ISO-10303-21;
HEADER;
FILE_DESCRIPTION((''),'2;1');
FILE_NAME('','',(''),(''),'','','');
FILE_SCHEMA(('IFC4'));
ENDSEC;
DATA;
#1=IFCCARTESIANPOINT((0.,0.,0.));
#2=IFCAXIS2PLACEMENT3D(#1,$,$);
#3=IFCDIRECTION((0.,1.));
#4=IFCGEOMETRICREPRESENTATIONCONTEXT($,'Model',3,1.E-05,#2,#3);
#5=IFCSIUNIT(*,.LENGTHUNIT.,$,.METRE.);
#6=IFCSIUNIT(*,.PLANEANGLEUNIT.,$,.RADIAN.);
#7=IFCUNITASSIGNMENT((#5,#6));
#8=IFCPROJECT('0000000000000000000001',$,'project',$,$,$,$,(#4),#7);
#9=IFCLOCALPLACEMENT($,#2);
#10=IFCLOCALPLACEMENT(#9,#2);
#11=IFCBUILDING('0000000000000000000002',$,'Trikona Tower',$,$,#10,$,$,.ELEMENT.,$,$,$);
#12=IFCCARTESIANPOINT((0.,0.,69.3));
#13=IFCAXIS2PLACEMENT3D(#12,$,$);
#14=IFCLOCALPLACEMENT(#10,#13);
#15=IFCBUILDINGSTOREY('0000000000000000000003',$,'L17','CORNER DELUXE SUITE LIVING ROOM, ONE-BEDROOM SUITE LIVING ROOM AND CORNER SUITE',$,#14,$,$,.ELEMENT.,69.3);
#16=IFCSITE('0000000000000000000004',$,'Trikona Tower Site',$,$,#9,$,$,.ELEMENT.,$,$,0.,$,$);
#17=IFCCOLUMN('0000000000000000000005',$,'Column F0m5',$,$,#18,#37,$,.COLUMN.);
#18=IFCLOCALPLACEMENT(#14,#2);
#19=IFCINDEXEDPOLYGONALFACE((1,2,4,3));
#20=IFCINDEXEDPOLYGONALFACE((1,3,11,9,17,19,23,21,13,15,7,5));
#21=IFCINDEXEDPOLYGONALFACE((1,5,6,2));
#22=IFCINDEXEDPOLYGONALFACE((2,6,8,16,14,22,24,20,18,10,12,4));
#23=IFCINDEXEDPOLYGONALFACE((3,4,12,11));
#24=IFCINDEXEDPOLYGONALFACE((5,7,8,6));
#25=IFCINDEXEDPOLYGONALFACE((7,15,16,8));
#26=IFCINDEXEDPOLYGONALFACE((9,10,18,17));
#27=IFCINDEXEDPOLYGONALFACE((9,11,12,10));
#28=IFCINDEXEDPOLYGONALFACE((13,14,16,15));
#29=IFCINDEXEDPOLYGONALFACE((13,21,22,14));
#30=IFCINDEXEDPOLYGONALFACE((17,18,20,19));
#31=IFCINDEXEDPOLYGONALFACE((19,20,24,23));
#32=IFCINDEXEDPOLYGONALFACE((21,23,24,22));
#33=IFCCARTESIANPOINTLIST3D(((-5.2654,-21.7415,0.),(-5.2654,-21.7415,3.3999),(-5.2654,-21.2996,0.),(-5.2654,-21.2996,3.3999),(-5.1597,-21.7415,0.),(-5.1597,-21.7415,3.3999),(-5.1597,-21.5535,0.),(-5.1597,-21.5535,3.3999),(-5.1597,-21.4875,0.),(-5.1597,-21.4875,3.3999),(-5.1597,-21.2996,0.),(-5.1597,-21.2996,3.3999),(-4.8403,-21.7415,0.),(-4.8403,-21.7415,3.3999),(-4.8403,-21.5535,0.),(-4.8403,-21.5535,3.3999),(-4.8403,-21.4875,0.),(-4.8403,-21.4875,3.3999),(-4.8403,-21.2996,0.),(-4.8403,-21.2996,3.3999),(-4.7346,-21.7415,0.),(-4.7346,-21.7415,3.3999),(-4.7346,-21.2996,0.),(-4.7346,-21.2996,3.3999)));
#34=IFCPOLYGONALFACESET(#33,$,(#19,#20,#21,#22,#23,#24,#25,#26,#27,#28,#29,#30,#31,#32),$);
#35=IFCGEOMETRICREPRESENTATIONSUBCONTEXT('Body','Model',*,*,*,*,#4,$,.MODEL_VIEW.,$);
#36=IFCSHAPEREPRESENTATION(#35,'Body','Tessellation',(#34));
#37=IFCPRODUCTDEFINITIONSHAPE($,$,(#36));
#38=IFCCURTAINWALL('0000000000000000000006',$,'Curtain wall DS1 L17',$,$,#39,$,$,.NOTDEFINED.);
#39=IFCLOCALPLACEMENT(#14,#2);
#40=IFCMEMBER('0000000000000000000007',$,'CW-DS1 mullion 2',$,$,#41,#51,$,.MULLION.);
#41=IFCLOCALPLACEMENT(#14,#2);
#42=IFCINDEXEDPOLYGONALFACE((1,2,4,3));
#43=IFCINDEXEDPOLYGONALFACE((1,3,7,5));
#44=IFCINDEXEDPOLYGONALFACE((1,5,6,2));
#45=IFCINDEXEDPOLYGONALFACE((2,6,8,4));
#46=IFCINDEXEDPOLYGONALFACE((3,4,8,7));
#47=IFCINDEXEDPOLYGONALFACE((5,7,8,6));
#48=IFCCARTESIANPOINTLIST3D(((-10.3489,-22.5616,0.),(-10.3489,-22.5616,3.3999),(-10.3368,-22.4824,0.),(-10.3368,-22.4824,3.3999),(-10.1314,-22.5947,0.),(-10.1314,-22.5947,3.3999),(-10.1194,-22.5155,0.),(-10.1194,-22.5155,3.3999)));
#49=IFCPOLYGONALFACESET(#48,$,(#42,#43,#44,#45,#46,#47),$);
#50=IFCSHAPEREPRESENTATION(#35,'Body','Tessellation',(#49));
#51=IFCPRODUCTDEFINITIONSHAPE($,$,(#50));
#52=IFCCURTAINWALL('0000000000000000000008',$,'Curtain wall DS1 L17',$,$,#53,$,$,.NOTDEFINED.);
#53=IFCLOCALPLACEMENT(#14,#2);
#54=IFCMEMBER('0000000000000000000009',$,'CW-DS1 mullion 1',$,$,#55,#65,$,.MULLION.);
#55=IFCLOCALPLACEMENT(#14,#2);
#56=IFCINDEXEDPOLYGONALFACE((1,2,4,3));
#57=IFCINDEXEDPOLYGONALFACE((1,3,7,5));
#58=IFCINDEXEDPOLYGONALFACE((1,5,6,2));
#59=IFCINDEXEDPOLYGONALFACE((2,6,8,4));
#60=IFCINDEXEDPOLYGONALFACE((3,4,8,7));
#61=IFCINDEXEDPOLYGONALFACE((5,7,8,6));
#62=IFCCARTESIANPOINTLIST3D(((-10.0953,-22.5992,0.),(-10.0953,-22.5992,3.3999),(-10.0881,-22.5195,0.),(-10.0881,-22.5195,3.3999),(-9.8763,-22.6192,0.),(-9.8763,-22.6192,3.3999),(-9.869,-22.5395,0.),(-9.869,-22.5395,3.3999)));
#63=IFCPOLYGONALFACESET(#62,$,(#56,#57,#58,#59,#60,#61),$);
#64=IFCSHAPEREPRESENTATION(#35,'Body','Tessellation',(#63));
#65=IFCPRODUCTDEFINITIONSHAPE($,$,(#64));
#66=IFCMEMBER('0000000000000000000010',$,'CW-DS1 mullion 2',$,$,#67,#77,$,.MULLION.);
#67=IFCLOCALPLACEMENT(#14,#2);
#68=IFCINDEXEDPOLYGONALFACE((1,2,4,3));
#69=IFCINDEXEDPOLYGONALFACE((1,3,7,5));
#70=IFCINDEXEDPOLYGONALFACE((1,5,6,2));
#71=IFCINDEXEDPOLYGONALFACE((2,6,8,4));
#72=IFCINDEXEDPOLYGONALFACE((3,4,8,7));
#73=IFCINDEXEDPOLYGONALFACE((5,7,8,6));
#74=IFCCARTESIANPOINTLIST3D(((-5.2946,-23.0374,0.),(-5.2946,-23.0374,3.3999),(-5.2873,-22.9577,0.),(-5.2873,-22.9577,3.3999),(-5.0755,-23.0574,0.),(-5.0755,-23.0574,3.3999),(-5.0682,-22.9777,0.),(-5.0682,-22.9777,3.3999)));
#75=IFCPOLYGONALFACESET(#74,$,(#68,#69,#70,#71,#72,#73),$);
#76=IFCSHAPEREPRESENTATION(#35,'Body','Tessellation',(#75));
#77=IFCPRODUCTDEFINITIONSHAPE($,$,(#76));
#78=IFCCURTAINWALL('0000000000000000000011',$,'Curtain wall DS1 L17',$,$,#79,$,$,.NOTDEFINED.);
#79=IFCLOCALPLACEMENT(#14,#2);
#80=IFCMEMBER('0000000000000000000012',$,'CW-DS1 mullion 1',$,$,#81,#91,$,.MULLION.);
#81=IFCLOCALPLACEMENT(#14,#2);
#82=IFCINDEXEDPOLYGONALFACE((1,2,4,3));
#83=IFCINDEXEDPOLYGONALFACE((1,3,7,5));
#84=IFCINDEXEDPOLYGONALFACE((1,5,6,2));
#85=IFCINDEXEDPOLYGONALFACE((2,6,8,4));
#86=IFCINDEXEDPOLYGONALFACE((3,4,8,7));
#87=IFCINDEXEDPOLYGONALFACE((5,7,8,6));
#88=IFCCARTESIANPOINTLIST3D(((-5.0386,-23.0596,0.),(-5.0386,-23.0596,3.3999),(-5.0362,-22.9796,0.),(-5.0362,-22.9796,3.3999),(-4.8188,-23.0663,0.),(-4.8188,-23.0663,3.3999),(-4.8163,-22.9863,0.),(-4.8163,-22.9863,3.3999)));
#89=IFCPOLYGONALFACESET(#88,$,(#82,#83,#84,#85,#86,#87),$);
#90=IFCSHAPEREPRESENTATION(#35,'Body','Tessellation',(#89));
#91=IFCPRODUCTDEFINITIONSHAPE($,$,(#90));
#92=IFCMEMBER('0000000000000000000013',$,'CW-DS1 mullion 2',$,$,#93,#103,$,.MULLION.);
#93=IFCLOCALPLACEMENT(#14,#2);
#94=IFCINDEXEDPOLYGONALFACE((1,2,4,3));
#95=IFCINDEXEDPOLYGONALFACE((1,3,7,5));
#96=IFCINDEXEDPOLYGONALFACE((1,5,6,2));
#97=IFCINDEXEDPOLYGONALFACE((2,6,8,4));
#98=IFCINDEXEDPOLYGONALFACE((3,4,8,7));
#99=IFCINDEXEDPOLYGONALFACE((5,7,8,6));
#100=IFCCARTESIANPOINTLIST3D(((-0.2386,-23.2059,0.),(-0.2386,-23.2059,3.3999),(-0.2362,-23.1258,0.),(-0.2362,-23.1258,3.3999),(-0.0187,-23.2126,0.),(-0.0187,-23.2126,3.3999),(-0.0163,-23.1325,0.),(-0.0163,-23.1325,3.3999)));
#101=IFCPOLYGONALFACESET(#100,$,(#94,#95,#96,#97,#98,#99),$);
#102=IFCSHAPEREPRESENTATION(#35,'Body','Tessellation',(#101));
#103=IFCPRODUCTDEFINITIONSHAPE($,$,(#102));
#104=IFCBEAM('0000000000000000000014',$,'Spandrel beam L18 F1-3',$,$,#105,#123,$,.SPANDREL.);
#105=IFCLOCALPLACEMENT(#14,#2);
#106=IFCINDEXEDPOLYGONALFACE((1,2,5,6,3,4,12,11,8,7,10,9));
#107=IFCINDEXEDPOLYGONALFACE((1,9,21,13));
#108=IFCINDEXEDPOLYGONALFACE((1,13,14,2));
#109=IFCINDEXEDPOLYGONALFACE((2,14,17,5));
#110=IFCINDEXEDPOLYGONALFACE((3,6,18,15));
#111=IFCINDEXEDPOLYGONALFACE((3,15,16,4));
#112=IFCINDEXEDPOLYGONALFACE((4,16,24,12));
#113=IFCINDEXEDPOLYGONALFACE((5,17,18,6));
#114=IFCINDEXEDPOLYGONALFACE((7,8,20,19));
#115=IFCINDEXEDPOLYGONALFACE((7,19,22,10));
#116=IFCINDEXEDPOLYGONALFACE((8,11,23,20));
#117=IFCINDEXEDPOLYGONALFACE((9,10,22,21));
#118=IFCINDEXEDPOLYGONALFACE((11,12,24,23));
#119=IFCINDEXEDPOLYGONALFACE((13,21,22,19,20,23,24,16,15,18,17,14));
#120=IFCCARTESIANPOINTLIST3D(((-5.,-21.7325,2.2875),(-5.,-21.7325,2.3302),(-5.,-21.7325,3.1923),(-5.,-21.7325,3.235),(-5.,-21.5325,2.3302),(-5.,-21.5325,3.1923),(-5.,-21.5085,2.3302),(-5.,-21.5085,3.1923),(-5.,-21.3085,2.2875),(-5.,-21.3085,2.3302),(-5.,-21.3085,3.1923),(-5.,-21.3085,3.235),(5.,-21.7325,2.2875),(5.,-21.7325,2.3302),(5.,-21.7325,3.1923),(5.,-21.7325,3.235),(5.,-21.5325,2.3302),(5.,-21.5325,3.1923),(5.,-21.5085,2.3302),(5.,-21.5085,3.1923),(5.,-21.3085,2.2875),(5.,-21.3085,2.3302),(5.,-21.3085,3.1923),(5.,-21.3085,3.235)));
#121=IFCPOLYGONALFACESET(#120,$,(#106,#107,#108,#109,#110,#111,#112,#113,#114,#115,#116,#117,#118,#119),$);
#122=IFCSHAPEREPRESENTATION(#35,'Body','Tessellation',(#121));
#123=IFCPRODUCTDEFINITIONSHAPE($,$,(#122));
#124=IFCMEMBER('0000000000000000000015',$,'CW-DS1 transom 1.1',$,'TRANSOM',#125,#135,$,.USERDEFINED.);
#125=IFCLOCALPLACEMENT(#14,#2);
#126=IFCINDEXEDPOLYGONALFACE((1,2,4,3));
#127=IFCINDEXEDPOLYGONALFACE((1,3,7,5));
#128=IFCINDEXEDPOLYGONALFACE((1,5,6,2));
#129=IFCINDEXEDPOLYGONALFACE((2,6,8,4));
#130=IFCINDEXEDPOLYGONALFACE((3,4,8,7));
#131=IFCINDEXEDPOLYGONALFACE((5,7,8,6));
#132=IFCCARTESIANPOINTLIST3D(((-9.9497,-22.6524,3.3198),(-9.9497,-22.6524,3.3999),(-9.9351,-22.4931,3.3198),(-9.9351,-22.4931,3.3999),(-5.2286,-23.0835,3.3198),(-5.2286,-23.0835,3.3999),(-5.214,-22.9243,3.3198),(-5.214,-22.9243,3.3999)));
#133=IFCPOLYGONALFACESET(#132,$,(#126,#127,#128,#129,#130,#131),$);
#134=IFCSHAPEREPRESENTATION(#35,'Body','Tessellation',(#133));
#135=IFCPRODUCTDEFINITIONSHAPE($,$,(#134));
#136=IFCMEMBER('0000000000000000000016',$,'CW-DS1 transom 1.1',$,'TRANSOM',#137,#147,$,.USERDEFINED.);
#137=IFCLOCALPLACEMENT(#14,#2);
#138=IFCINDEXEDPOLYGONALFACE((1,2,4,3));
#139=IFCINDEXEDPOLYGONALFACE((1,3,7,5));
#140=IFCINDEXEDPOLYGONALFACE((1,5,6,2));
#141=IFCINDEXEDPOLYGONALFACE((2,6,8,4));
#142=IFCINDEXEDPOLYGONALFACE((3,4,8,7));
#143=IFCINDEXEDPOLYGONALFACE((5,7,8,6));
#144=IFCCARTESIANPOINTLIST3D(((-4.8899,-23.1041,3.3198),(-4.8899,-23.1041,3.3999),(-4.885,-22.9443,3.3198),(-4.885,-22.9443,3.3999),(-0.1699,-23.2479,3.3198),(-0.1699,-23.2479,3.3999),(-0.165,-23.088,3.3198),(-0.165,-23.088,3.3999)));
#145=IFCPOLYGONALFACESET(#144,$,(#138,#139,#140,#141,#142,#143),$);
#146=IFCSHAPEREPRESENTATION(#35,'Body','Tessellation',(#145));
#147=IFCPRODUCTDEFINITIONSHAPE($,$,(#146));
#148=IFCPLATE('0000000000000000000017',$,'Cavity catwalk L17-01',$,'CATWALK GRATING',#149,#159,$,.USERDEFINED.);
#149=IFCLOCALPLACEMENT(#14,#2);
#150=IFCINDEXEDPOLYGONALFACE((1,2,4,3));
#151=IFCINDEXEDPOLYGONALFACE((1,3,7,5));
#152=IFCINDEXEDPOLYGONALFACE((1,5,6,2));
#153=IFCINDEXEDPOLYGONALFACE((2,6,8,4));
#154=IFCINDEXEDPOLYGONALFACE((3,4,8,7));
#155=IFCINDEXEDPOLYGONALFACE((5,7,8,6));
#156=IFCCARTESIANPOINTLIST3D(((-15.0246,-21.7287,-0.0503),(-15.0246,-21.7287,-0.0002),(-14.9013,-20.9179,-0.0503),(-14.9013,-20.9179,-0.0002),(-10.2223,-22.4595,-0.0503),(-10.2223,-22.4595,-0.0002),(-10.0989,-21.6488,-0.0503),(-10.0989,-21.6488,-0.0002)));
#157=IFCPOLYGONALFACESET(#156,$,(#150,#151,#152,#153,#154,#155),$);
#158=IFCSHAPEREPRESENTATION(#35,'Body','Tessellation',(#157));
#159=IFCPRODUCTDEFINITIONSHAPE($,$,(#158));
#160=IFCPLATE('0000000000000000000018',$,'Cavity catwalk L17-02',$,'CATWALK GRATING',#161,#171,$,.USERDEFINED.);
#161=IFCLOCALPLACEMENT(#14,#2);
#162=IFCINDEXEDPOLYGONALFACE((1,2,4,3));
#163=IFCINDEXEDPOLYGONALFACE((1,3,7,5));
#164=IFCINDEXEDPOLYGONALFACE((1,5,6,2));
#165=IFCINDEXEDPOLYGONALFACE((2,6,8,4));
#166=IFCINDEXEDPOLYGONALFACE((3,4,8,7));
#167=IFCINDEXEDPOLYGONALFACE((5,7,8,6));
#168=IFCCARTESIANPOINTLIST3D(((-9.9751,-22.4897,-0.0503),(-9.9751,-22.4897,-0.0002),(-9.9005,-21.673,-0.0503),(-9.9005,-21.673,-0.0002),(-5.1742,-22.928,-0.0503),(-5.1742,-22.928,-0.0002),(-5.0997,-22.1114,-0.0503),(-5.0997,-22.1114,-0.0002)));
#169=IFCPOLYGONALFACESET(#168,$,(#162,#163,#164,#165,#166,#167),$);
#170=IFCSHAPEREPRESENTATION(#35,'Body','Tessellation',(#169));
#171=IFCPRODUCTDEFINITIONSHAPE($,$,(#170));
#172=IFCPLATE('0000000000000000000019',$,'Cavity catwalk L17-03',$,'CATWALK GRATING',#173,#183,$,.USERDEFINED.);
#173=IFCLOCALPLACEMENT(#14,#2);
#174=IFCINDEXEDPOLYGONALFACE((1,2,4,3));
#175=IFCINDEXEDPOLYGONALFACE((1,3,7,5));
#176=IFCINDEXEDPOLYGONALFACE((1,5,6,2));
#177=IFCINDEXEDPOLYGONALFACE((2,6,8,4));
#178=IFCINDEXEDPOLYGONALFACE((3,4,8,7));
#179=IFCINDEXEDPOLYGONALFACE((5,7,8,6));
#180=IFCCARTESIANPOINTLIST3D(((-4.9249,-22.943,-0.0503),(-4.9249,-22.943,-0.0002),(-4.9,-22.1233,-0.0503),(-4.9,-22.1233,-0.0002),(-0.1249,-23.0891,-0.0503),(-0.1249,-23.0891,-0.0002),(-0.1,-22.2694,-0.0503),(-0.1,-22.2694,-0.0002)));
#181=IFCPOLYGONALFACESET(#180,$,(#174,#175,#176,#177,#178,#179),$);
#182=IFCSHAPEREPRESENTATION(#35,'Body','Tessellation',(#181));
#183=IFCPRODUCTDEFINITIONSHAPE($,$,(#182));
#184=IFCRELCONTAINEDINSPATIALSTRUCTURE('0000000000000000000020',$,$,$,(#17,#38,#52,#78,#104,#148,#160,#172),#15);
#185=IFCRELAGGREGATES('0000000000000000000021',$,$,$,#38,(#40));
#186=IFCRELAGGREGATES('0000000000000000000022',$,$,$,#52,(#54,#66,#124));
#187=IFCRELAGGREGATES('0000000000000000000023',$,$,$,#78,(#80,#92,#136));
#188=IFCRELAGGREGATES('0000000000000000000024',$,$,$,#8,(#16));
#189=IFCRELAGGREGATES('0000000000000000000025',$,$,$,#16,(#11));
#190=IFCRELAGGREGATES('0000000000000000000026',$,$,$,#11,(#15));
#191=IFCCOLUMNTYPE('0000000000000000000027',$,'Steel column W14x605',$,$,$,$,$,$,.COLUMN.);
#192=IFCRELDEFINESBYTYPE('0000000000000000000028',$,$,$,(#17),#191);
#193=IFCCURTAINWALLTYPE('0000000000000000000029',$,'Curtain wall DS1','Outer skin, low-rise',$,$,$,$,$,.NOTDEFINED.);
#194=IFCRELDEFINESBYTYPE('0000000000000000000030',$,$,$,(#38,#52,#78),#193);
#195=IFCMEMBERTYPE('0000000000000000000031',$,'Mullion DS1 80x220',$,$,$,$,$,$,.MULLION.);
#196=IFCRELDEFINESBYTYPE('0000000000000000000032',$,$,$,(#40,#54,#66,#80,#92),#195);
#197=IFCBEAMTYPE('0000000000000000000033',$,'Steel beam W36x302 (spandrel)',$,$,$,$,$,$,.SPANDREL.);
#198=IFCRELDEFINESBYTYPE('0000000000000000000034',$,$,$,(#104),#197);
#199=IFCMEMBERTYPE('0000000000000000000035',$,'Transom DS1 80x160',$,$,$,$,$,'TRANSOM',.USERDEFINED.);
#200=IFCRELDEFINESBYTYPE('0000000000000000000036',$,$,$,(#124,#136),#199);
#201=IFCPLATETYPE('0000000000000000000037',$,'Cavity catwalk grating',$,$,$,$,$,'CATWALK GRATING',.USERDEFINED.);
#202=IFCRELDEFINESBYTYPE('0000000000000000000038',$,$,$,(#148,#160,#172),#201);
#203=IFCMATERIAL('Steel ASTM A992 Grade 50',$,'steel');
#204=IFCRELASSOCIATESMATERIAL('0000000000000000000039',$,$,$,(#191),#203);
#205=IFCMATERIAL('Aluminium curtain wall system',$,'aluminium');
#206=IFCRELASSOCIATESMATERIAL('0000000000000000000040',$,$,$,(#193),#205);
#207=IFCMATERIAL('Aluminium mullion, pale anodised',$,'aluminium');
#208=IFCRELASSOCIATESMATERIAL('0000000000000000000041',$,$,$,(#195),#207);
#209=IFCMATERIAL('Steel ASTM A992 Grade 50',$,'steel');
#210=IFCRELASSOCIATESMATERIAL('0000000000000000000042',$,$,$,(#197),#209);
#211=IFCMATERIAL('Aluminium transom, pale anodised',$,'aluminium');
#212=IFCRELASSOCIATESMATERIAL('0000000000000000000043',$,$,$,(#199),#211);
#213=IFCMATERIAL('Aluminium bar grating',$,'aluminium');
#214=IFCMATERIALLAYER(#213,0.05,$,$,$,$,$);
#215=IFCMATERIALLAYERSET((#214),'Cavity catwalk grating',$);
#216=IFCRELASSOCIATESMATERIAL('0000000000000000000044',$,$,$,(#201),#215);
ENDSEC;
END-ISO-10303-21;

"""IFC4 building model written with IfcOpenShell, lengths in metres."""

from ifc_helpers import new_model, si_unit, direction, frame, origin, origin_2d, place, context, subcontext, project, spatial, rectangle, i_section, extrude, material, layer, layer_set, material_profile, profile_set, type_object, element, aggregate, save


model = new_model("IFC4")

# Units and contexts
model_context = context("Model", 3, precision=1e-05, world=origin(), true_north=direction((0.0, 1.0)))
body_context = subcontext(model_context, "Body", "Model", "MODEL_VIEW")
ifc_project = project(units=[si_unit("LENGTHUNIT", "METRE"), si_unit("PLANEANGLEUNIT", "RADIAN")], contexts=[model_context])

# Site, building, storey
site_placement = place(None, origin())
site = spatial("IfcSite", under=ifc_project, at=site_placement, Name="Trikona Tower Site", CompositionType="ELEMENT", RefElevation=0.0)
building_placement = place(site_placement, origin())
building = spatial("IfcBuilding", under=site, at=building_placement, Name="Trikona Tower", CompositionType="ELEMENT")
storey_placement = place(building_placement, frame((0.0, 0.0, 69.3)))
storey = spatial("IfcBuildingStorey", under=building, at=storey_placement, Name="L17", Description="CORNER DELUXE SUITE LIVING ROOM, ONE-BEDROOM SUITE LIVING ROOM AND CORNER SUITE", CompositionType="ELEMENT", Elevation=69.3)

# Column
ifc_material_1 = material(Name="Steel ASTM A992 Grade 50", Category="steel")
ifc_material_profile_1 = material_profile(ifc_material_1, i_section(OverallWidth=0.4419, OverallDepth=0.5308, WebThickness=0.0659, FlangeThickness=0.1057, at=origin_2d()), Name="W14X605")
ifc_profile_set_1 = profile_set([ifc_material_profile_1], Name="Steel ASTM A992 Grade 50")
column_type = type_object("IfcColumnType", Name="Steel column W14x605", PredefinedType="COLUMN", material=ifc_profile_set_1)
column_placement = place(storey_placement, frame((-5.0, -21.5205, 0.0), z_axis=(0.0, 0.0, 1.0), x_axis=(0.0, -1.0, 0.0)))
element("IfcColumn", 1, at=column_placement, inside=storey, type_object=column_type, Name="Column F0m5", PredefinedType="COLUMN", context=body_context, shape_type="SweptSolid", body=[
    extrude(i_section(OverallWidth=0.4419, OverallDepth=0.5308, WebThickness=0.0659, FlangeThickness=0.1057, at=origin_2d()), origin(), (0.0, 0.0, 1.0), 3.3999),
])

# Curtain wall, member
ifc_material_2 = material(Name="Aluminium curtain wall system", Category="aluminium")
curtain_wall_type = type_object("IfcCurtainWallType", Name="Curtain wall DS1", Description="Outer skin, low-rise", PredefinedType="NOTDEFINED", material=ifc_material_2)
curtain_wall_1_placement = place(storey_placement, origin())
curtain_wall_1 = element("IfcCurtainWall", 2, at=curtain_wall_1_placement, inside=storey, type_object=curtain_wall_type, Name="Curtain wall DS1 L17", PredefinedType="NOTDEFINED")
ifc_material_3 = material(Name="Aluminium mullion, pale anodised", Category="aluminium")
ifc_material_profile_2 = material_profile(ifc_material_3, rectangle(XDim=0.0801, YDim=0.22, at=origin_2d()), Name="MUL-DS1")
ifc_profile_set_2 = profile_set([ifc_material_profile_2], Name="Aluminium mullion, pale anodised")
member_type_1 = type_object("IfcMemberType", Name="Mullion DS1 80x220", PredefinedType="MULLION", material=ifc_profile_set_2)
member_1_placement = place(storey_placement, frame((-10.2341, -22.5386, 0.0), z_axis=(0.0, 0.0, 1.0), x_axis=(0.150438, 0.988619, 0.0)))
member_1 = element("IfcMember", 3, at=member_1_placement, type_object=member_type_1, Name="CW-DS1 mullion 2", PredefinedType="MULLION", context=body_context, shape_type="SweptSolid", body=[
    extrude(rectangle(XDim=0.0801, YDim=0.22, at=origin_2d()), origin(), (0.0, 0.0, 1.0), 3.3999),
])

# Curtain walls, members
curtain_wall_2_placement = place(storey_placement, origin())
curtain_wall_2 = element("IfcCurtainWall", 4, at=curtain_wall_2_placement, inside=storey, type_object=curtain_wall_type, Name="Curtain wall DS1 L17", PredefinedType="NOTDEFINED")
member_2_placement = place(storey_placement, frame((-9.9822, -22.5693, 0.0), z_axis=(0.0, 0.0, 1.0), x_axis=(0.090924, 0.995858, 0.0)))
member_2 = element("IfcMember", 5, at=member_2_placement, type_object=member_type_1, Name="CW-DS1 mullion 1", PredefinedType="MULLION", context=body_context, shape_type="SweptSolid", body=[
    extrude(rectangle(XDim=0.0801, YDim=0.22, at=origin_2d()), origin(), (0.0, 0.0, 1.0), 3.3999),
])
member_3_placement = place(storey_placement, frame((-5.1814, -23.0076, 0.0), z_axis=(0.0, 0.0, 1.0), x_axis=(0.090924, 0.995858, 0.0)))
member_3 = element("IfcMember", 6, at=member_3_placement, type_object=member_type_1, Name="CW-DS1 mullion 2", PredefinedType="MULLION", context=body_context, shape_type="SweptSolid", body=[
    extrude(rectangle(XDim=0.0801, YDim=0.22, at=origin_2d()), origin(), (0.0, 0.0, 1.0), 3.3999),
])
curtain_wall_3_placement = place(storey_placement, origin())
curtain_wall_3 = element("IfcCurtainWall", 7, at=curtain_wall_3_placement, inside=storey, type_object=curtain_wall_type, Name="Curtain wall DS1 L17", PredefinedType="NOTDEFINED")
member_4_placement = place(storey_placement, frame((-4.9275, -23.0229, 0.0), z_axis=(0.0, 0.0, 1.0), x_axis=(0.030437, 0.999537, 0.0)))
member_4 = element("IfcMember", 8, at=member_4_placement, type_object=member_type_1, Name="CW-DS1 mullion 1", PredefinedType="MULLION", context=body_context, shape_type="SweptSolid", body=[
    extrude(rectangle(XDim=0.0801, YDim=0.22, at=origin_2d()), origin(), (0.0, 0.0, 1.0), 3.3999),
])
member_5_placement = place(storey_placement, frame((-0.1274, -23.1692, 0.0), z_axis=(0.0, 0.0, 1.0), x_axis=(0.030437, 0.999537, 0.0)))
member_5 = element("IfcMember", 9, at=member_5_placement, type_object=member_type_1, Name="CW-DS1 mullion 2", PredefinedType="MULLION", context=body_context, shape_type="SweptSolid", body=[
    extrude(rectangle(XDim=0.0801, YDim=0.22, at=origin_2d()), origin(), (0.0, 0.0, 1.0), 3.3999),
])

# Beam
ifc_material_4 = material(Name="Steel ASTM A992 Grade 50", Category="steel")
ifc_material_profile_3 = material_profile(ifc_material_4, i_section(OverallWidth=0.4241, OverallDepth=0.9475, WebThickness=0.0239, FlangeThickness=0.0427, at=origin_2d()), Name="W36X302")
ifc_profile_set_3 = profile_set([ifc_material_profile_3], Name="Steel ASTM A992 Grade 50")
beam_type = type_object("IfcBeamType", Name="Steel beam W36x302 (spandrel)", PredefinedType="SPANDREL", material=ifc_profile_set_3)
beam_placement = place(storey_placement, frame((-5.0, -21.5205, 2.7612), z_axis=(1.0, 0.0, 0.0), x_axis=(0.0, 1.0, 0.0)))
element("IfcBeam", 10, at=beam_placement, inside=storey, type_object=beam_type, Name="Spandrel beam L18 F1-3", PredefinedType="SPANDREL", context=body_context, shape_type="SweptSolid", body=[
    extrude(i_section(OverallWidth=0.4241, OverallDepth=0.9475, WebThickness=0.0239, FlangeThickness=0.0427, at=origin_2d()), origin(), (0.0, 0.0, 1.0), 10.0),
])

# Members
ifc_material_5 = material(Name="Aluminium transom, pale anodised", Category="aluminium")
ifc_material_profile_4 = material_profile(ifc_material_5, rectangle(XDim=0.1599, YDim=0.0801, at=origin_2d()), Name="TRN-DS1")
ifc_profile_set_4 = profile_set([ifc_material_profile_4], Name="Aluminium transom, pale anodised")
member_type_2 = type_object("IfcMemberType", Name="Transom DS1 80x160", ElementType="TRANSOM", PredefinedType="USERDEFINED", material=ifc_profile_set_4)
member_6_placement = place(storey_placement, frame((-9.9424, -22.5728, 3.3599), z_axis=(0.995856, -0.090944, 0.0), x_axis=(0.090944, 0.995856, 0.0)))
member_6 = element("IfcMember", 11, at=member_6_placement, type_object=member_type_2, Name="CW-DS1 transom 1.1", ObjectType="TRANSOM", PredefinedType="USERDEFINED", context=body_context, shape_type="SweptSolid", body=[
    extrude(rectangle(XDim=0.1599, YDim=0.0801, at=origin_2d()), origin(), (0.0, 0.0, 1.0), 4.7407),
])
member_7_placement = place(storey_placement, frame((-4.8875, -23.0242, 3.3599), z_axis=(0.999536, -0.030452, 0.0), x_axis=(0.030452, 0.999536, 0.0)))
member_7 = element("IfcMember", 12, at=member_7_placement, type_object=member_type_2, Name="CW-DS1 transom 1.1", ObjectType="TRANSOM", PredefinedType="USERDEFINED", context=body_context, shape_type="SweptSolid", body=[
    extrude(rectangle(XDim=0.1599, YDim=0.0801, at=origin_2d()), origin(), (0.0, 0.0, 1.0), 4.7222),
])

# Plates
ifc_material_6 = material(Name="Aluminium bar grating", Category="aluminium")
ifc_layer_1 = layer(ifc_material_6, 0.05)
ifc_layer_set_1 = layer_set([ifc_layer_1], Name="Cavity catwalk grating")
plate_type_1 = type_object("IfcPlateType", Name="Cavity catwalk grating", ElementType="CATWALK GRATING", PredefinedType="USERDEFINED", material=ifc_layer_set_1)
plate_1_placement = place(storey_placement, frame((-12.5618, -21.6887, -0.0503), z_axis=(0.0, 0.0, 1.0), x_axis=(0.988618, -0.150448, 0.0)))
element("IfcPlate", 13, at=plate_1_placement, inside=storey, type_object=plate_type_1, Name="Cavity catwalk L17-01", ObjectType="CATWALK GRATING", PredefinedType="USERDEFINED", context=body_context, shape_type="SweptSolid", body=[
    extrude(rectangle(XDim=4.8577, YDim=0.8201, at=origin_2d()), origin(), (0.0, 0.0, 1.0), 0.05),
])
plate_2_placement = place(storey_placement, frame((-7.5374, -22.3005, -0.0503), z_axis=(0.0, 0.0, 1.0), x_axis=(0.995858, -0.090921, 0.0)))
element("IfcPlate", 14, at=plate_2_placement, inside=storey, type_object=plate_type_1, Name="Cavity catwalk L17-02", ObjectType="CATWALK GRATING", PredefinedType="USERDEFINED", context=body_context, shape_type="SweptSolid", body=[
    extrude(rectangle(XDim=4.8208, YDim=0.8201, at=origin_2d()), origin(), (0.0, 0.0, 1.0), 0.05),
])
plate_3_placement = place(storey_placement, frame((-2.5125, -22.6062, -0.0503), z_axis=(0.0, 0.0, 1.0), x_axis=(0.999537, -0.030425, 0.0)))
element("IfcPlate", 15, at=plate_3_placement, inside=storey, type_object=plate_type_1, Name="Cavity catwalk L17-03", ObjectType="CATWALK GRATING", PredefinedType="USERDEFINED", context=body_context, shape_type="SweptSolid", body=[
    extrude(rectangle(XDim=4.8022, YDim=0.8201, at=origin_2d()), origin(), (0.0, 0.0, 1.0), 0.05),
])

aggregate(curtain_wall_1, [member_1])
aggregate(curtain_wall_2, [member_2, member_3, member_6])
aggregate(curtain_wall_3, [member_4, member_5, member_7])

save(model, "model.ifc")
